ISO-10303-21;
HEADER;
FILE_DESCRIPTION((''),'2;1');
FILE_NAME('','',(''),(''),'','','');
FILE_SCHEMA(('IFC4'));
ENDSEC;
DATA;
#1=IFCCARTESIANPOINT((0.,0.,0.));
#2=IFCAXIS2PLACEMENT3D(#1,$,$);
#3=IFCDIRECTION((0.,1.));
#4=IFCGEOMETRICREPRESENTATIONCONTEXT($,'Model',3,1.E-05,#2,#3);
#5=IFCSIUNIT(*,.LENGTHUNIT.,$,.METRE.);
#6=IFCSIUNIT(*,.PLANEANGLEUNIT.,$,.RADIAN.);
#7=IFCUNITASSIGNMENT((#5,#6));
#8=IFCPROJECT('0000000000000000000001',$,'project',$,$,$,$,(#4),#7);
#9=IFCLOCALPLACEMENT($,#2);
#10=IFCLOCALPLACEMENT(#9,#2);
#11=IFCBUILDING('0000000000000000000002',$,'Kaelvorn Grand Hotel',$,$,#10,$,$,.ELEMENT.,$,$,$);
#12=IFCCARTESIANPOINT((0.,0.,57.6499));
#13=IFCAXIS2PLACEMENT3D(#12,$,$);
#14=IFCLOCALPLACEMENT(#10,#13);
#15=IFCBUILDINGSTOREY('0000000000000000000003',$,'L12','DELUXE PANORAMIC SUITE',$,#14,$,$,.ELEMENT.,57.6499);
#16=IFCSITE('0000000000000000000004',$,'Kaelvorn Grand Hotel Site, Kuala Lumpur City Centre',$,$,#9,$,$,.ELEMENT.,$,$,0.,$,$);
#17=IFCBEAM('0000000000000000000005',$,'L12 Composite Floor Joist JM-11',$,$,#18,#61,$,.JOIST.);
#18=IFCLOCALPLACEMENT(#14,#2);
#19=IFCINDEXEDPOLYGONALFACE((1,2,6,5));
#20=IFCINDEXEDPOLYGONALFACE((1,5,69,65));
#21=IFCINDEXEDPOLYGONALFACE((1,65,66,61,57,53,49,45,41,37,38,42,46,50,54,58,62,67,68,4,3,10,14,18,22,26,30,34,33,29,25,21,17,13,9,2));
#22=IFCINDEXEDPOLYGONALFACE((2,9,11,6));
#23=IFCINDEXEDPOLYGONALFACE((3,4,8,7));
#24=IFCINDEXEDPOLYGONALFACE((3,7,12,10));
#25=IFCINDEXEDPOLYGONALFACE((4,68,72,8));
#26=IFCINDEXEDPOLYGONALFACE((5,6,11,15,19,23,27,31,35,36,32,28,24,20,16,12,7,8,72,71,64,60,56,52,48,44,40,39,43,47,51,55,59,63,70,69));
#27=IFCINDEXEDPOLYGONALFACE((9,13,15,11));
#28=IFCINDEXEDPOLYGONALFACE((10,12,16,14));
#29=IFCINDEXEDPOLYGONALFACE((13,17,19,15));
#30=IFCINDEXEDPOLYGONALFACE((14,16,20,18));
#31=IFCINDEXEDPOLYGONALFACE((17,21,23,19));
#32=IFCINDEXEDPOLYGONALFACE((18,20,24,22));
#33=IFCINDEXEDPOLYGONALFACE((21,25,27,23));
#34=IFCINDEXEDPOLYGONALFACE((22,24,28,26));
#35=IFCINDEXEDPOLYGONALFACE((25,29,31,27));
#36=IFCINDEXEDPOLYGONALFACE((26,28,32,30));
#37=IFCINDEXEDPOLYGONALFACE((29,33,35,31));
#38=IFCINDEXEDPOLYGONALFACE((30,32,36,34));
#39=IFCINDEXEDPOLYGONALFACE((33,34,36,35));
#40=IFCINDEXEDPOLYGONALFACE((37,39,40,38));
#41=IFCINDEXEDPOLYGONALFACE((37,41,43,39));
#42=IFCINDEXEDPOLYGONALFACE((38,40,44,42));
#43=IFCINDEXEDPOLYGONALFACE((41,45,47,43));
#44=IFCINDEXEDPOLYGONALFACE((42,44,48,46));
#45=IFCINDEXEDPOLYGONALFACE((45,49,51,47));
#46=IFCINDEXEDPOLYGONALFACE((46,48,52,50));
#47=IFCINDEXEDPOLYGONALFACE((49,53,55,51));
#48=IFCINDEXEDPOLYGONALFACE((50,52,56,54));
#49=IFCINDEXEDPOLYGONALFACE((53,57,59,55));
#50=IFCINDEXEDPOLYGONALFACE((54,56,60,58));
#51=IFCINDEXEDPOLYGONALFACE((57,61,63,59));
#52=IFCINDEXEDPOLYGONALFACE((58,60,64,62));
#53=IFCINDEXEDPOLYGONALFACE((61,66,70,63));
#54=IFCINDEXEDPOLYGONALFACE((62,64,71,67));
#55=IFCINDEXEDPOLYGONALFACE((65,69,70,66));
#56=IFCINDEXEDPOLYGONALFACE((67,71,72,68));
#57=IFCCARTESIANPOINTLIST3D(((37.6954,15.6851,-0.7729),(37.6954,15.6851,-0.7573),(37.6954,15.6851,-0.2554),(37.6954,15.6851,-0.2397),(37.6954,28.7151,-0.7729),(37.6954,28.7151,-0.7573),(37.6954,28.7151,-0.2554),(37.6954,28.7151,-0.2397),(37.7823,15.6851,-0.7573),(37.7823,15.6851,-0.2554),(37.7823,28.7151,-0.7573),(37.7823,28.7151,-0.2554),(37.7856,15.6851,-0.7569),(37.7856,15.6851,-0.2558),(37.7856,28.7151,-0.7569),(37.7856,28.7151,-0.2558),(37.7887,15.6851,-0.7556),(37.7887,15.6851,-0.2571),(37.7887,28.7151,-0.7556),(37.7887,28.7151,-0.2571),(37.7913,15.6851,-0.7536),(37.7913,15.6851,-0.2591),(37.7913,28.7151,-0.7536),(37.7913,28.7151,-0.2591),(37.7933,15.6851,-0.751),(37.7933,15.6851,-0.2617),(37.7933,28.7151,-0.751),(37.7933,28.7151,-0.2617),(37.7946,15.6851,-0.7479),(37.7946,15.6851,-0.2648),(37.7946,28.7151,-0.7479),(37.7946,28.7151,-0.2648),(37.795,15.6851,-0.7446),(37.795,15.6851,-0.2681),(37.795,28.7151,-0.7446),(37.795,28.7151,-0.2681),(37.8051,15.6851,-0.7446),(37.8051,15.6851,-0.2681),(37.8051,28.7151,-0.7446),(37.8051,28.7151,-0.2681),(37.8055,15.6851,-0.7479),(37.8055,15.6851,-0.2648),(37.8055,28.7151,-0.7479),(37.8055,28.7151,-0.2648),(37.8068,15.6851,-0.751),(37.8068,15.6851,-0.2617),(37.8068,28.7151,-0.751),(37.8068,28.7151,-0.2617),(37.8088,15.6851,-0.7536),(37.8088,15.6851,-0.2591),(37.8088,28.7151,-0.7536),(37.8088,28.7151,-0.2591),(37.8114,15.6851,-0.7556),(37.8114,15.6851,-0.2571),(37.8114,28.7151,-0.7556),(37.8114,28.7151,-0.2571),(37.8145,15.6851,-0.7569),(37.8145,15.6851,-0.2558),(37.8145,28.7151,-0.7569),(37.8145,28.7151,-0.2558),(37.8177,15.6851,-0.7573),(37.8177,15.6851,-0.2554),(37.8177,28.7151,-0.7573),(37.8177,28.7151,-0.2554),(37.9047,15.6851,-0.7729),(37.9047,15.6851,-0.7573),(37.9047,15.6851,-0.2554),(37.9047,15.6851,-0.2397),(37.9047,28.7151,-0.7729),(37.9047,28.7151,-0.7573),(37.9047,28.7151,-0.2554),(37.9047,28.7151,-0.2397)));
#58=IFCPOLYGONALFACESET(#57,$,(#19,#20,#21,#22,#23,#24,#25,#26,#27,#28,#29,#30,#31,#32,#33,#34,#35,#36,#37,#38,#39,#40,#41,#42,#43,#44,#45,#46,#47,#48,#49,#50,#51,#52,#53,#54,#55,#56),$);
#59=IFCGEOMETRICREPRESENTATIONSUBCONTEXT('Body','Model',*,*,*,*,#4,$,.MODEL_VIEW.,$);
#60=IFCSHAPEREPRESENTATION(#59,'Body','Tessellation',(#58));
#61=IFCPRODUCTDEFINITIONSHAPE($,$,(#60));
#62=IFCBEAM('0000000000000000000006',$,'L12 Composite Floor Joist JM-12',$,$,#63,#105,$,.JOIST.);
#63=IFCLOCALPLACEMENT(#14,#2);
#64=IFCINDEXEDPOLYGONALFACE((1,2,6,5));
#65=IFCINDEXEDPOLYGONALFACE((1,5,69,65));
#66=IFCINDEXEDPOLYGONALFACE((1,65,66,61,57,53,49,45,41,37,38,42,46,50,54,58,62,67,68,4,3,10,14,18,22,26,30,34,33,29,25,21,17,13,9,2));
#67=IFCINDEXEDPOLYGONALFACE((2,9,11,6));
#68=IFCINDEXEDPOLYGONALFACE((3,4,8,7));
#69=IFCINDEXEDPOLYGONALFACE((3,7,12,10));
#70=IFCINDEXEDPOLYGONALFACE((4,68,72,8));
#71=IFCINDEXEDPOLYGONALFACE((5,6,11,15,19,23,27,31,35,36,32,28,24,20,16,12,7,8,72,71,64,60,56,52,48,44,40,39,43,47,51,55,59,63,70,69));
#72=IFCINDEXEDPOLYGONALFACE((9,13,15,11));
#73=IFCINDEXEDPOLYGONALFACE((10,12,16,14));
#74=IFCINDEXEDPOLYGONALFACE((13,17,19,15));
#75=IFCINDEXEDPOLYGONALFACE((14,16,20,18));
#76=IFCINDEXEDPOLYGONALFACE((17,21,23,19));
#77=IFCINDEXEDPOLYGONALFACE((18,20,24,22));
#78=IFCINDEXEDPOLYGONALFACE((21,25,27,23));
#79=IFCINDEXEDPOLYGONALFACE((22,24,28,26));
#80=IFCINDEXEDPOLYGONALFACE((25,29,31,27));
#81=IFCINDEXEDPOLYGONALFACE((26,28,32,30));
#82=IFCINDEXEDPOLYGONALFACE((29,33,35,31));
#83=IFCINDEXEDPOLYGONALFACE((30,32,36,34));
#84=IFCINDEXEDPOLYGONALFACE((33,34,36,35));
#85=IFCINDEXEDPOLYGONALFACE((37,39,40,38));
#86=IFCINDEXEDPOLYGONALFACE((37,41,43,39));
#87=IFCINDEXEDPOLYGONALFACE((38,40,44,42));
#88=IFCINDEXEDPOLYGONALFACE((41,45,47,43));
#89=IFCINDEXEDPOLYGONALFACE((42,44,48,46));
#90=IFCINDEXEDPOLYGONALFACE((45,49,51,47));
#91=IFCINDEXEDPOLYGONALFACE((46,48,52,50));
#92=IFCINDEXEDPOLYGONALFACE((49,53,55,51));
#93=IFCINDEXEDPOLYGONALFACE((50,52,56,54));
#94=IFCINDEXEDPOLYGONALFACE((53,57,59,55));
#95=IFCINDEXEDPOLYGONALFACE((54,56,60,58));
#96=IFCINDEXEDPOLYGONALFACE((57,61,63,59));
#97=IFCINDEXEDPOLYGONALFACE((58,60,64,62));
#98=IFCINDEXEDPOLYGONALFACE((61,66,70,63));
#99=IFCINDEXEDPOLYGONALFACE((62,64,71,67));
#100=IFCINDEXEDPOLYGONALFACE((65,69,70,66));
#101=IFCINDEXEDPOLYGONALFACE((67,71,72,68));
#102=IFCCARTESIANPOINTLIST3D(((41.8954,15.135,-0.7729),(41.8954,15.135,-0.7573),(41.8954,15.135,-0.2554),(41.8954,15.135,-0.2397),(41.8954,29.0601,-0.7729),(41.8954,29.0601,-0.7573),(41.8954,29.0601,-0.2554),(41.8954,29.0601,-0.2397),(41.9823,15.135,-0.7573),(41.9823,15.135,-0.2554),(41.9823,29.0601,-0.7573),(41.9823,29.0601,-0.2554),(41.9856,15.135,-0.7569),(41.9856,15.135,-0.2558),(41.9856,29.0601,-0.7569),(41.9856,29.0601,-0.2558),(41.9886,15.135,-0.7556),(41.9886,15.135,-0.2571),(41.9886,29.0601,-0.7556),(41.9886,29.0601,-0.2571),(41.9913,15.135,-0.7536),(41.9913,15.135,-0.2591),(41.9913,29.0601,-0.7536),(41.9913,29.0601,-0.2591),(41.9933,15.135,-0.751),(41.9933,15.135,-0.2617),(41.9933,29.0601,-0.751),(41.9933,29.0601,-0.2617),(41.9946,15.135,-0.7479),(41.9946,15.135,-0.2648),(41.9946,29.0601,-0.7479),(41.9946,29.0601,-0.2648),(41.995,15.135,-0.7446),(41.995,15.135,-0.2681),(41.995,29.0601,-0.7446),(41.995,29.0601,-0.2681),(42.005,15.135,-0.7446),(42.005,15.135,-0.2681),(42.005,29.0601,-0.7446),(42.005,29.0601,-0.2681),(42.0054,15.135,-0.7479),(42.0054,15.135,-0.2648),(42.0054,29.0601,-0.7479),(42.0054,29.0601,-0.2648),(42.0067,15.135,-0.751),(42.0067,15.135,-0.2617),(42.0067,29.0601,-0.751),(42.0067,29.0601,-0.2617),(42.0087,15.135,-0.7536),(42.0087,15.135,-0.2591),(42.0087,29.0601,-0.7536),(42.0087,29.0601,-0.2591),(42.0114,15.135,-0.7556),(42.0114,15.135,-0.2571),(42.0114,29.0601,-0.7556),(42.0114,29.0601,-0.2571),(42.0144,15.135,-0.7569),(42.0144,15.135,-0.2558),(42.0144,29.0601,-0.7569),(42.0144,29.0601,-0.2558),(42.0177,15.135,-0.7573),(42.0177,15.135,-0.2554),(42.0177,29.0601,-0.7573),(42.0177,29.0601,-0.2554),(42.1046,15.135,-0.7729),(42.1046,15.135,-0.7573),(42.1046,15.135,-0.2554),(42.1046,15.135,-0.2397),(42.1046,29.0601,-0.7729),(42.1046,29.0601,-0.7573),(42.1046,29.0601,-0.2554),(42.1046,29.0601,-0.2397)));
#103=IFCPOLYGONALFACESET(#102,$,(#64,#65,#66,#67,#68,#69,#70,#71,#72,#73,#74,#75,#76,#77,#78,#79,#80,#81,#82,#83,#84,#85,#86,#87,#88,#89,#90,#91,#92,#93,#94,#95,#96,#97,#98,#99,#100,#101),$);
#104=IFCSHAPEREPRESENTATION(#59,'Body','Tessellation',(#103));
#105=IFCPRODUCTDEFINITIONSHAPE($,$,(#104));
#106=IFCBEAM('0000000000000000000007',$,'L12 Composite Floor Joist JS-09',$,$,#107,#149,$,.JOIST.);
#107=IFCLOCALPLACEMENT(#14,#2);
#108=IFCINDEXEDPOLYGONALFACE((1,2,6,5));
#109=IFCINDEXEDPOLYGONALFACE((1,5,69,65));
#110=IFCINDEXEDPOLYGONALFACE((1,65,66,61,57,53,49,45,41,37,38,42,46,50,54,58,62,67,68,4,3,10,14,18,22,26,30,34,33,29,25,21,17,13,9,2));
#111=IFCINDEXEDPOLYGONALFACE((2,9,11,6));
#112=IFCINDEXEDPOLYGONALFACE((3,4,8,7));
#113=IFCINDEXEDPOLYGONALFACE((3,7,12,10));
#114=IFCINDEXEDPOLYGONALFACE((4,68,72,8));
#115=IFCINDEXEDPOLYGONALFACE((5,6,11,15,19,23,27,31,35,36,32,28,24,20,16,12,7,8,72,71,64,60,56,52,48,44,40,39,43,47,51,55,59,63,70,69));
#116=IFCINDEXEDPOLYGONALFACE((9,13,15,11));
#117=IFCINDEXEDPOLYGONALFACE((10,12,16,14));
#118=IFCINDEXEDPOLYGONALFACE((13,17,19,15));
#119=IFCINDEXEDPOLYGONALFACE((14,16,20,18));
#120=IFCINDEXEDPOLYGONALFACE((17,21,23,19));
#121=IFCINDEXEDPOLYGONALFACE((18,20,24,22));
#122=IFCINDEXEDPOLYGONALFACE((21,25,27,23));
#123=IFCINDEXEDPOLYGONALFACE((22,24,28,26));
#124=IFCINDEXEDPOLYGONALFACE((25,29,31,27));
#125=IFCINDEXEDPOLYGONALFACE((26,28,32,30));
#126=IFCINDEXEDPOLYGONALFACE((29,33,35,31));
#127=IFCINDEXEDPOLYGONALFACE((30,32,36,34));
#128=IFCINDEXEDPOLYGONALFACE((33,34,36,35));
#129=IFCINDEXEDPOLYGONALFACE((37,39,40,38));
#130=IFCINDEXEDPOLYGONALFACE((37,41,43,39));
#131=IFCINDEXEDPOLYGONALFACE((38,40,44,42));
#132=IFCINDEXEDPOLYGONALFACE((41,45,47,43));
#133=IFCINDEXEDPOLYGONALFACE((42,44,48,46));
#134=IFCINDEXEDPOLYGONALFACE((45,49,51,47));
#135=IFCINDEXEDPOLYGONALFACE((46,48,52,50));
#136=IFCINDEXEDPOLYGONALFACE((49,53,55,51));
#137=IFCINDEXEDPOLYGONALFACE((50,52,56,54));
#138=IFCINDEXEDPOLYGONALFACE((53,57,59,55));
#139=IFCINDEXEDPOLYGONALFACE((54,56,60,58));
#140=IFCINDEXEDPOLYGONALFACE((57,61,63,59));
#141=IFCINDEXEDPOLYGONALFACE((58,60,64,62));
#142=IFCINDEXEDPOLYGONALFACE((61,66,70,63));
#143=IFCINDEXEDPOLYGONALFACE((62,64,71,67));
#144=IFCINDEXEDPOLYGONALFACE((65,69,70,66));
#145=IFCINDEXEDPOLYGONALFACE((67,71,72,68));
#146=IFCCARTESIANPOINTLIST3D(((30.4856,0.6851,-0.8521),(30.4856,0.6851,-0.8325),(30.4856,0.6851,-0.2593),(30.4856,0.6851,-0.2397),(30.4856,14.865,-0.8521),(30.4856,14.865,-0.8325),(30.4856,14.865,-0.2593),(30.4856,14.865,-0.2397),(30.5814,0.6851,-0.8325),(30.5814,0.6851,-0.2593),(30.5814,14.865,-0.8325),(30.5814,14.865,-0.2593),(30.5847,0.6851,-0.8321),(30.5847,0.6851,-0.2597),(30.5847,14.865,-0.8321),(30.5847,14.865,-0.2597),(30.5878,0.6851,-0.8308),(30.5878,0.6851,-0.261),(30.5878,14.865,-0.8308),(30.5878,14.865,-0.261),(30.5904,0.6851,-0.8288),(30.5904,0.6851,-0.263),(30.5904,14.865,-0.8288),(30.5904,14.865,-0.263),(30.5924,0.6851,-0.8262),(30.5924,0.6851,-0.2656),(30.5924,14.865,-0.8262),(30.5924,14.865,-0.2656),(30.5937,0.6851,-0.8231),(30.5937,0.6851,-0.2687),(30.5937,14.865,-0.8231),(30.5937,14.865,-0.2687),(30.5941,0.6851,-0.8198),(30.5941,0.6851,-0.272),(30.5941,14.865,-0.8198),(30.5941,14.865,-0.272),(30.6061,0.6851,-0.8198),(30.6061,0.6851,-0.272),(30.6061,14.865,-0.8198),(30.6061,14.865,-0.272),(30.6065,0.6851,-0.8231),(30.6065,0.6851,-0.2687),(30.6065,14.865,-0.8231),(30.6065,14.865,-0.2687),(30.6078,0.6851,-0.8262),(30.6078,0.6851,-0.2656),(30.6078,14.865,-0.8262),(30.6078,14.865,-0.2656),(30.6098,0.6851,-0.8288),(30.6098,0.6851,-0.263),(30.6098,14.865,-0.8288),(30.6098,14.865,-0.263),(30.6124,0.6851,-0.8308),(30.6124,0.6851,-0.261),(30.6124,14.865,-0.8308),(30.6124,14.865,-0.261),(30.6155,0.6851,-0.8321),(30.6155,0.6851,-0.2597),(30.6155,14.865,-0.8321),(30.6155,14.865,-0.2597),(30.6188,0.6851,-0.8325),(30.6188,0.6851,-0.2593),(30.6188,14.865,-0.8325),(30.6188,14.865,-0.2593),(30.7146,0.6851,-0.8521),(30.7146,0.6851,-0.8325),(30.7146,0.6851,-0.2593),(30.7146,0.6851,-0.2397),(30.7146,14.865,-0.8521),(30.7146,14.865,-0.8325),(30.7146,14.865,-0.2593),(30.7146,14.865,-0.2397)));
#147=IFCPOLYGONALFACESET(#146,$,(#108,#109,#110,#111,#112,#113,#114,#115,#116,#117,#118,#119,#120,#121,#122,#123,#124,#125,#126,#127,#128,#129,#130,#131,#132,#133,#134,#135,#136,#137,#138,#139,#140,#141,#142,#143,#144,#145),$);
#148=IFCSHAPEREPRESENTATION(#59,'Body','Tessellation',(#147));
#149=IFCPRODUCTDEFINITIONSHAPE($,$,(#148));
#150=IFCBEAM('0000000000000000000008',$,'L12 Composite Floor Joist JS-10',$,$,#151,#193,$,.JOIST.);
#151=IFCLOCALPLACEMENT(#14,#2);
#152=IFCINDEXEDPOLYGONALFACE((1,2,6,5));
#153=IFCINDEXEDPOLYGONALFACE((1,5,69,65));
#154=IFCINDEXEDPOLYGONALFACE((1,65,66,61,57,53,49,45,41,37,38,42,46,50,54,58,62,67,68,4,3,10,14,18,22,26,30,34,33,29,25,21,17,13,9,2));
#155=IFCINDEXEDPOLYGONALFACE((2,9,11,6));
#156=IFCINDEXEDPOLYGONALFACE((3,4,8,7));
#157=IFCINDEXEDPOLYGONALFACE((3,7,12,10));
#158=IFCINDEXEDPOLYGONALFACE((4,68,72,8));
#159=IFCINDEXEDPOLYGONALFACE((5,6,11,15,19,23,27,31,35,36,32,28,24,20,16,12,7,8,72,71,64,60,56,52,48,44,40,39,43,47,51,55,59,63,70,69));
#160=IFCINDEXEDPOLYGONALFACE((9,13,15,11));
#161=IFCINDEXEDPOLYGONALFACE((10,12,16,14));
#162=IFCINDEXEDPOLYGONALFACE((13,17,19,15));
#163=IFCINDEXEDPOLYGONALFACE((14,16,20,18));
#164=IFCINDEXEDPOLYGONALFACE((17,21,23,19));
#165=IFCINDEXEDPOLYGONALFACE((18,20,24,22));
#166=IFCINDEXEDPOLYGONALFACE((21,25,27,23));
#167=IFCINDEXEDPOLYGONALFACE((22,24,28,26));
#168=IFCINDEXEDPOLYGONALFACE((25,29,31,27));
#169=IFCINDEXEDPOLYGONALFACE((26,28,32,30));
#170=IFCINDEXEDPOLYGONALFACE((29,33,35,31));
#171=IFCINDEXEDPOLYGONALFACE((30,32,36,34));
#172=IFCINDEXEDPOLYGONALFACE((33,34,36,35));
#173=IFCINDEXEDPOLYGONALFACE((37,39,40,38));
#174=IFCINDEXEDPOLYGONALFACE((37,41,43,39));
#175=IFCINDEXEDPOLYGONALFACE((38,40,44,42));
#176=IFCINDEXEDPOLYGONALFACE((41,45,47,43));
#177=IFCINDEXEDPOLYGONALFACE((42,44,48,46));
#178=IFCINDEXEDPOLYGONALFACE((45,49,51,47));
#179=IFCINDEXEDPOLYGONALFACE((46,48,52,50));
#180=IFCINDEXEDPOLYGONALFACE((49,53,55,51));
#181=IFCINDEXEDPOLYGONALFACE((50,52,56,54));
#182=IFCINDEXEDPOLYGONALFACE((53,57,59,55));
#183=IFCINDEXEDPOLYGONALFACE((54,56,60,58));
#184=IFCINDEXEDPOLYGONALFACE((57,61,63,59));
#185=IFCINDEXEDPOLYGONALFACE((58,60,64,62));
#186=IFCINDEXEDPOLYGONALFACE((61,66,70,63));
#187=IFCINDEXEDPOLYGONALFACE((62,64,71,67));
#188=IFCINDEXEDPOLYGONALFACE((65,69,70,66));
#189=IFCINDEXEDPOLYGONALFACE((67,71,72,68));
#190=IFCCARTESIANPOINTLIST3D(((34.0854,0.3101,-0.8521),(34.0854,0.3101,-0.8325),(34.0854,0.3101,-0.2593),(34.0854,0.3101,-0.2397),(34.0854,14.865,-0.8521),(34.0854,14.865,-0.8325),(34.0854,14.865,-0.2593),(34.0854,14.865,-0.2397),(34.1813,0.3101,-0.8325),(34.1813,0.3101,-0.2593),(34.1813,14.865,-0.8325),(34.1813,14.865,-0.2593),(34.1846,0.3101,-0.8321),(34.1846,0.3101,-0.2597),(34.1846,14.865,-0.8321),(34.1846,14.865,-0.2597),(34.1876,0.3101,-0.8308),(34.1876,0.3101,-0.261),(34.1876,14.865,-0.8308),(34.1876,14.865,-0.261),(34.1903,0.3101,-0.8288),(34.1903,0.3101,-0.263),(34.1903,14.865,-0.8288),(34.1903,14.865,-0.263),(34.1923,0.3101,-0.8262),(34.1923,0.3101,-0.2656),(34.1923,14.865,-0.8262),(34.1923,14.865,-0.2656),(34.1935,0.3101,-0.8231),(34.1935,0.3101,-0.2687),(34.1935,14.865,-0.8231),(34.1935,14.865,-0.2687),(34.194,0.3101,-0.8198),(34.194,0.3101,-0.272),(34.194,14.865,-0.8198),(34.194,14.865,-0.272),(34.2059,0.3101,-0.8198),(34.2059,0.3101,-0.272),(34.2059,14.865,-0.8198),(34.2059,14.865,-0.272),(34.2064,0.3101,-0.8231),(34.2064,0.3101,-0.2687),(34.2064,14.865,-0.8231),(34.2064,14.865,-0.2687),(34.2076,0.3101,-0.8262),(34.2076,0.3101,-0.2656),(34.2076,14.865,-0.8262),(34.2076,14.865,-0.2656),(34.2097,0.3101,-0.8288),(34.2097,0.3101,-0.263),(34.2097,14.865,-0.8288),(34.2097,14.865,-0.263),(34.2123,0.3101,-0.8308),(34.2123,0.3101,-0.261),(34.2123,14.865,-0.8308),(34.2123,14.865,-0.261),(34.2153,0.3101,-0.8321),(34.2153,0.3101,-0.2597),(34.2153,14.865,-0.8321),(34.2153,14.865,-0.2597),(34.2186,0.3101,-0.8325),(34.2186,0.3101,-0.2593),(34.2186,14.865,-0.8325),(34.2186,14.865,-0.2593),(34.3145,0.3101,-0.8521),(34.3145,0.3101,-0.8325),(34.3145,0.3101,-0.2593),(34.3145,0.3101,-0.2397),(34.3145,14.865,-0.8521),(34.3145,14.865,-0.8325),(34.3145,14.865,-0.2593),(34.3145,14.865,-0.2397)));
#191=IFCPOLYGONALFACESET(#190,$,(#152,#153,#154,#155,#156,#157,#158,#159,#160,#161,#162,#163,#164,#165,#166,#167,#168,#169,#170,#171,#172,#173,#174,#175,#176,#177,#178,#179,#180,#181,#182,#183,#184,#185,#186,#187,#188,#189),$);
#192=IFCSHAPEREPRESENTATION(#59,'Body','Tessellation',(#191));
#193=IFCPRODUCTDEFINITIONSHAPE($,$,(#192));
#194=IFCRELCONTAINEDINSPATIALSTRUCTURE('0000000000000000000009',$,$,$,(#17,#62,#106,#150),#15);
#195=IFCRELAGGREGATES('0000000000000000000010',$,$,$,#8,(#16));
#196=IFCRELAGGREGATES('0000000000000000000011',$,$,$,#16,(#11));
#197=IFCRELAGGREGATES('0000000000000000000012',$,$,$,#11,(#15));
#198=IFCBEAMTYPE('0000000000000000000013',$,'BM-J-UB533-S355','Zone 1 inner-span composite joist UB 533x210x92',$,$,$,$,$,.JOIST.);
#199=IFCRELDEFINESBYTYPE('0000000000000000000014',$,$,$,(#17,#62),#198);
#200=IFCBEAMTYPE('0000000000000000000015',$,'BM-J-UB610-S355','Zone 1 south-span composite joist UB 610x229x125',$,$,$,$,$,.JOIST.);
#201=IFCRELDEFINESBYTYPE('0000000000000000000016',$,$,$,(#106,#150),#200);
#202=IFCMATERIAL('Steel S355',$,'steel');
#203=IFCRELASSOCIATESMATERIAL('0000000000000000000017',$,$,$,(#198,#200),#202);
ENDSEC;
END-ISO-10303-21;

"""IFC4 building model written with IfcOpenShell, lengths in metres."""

from ifc_helpers import new_model, si_unit, direction, frame, origin, origin_2d, place, context, subcontext, project, spatial, i_section, extrude, material, material_profile, profile_set, type_object, element, save


model = new_model("IFC4")

# Units and contexts
model_context = context("Model", 3, precision=1e-05, world=origin(), true_north=direction((0.0, 1.0)))
body_context = subcontext(model_context, "Body", "Model", "MODEL_VIEW")
ifc_project = project(units=[si_unit("LENGTHUNIT", "METRE"), si_unit("PLANEANGLEUNIT", "RADIAN")], contexts=[model_context])

# Site, building, storey
site_placement = place(None, origin())
site = spatial("IfcSite", under=ifc_project, at=site_placement, Name="Kaelvorn Grand Hotel Site, Kuala Lumpur City Centre", CompositionType="ELEMENT", RefElevation=0.0)
building_placement = place(site_placement, origin())
building = spatial("IfcBuilding", under=site, at=building_placement, Name="Kaelvorn Grand Hotel", CompositionType="ELEMENT")
storey_placement = place(building_placement, frame((0.0, 0.0, 57.6499)))
storey = spatial("IfcBuildingStorey", under=building, at=storey_placement, Name="L12", Description="DELUXE PANORAMIC SUITE", CompositionType="ELEMENT", Elevation=57.6499)

# Beams
ifc_material_1 = material(Name="Steel S355", Category="steel")
ifc_material_profile_1 = material_profile(ifc_material_1, i_section(OverallWidth=0.2092, OverallDepth=0.5332, WebThickness=0.01, FlangeThickness=0.0156, FilletRadius=0.0127, at=origin_2d()), Name="UB 533x210x92")
ifc_profile_set_1 = profile_set([ifc_material_profile_1], Name="Steel S355")
beam_type_1 = type_object("IfcBeamType", Name="BM-J-UB533-S355", Description="Zone 1 inner-span composite joist UB 533x210x92", PredefinedType="JOIST", material=ifc_profile_set_1)
beam_1_placement = place(storey_placement, frame((37.8, 15.6851, -0.5063), z_axis=(0.0, 1.0, 0.0), x_axis=(-1.0, 0.0, 0.0)))
element("IfcBeam", 1, at=beam_1_placement, inside=storey, type_object=beam_type_1, Name="L12 Composite Floor Joist JM-11", PredefinedType="JOIST", context=body_context, shape_type="SweptSolid", body=[
    extrude(i_section(OverallWidth=0.2092, OverallDepth=0.5332, WebThickness=0.01, FlangeThickness=0.0156, FilletRadius=0.0127, at=origin_2d()), origin(), (0.0, 0.0, 1.0), 13.03),
])
beam_2_placement = place(storey_placement, frame((42.0, 15.135, -0.5063), z_axis=(0.0, 1.0, 0.0), x_axis=(-1.0, 0.0, 0.0)))
element("IfcBeam", 2, at=beam_2_placement, inside=storey, type_object=beam_type_1, Name="L12 Composite Floor Joist JM-12", PredefinedType="JOIST", context=body_context, shape_type="SweptSolid", body=[
    extrude(i_section(OverallWidth=0.2092, OverallDepth=0.5332, WebThickness=0.01, FlangeThickness=0.0156, FilletRadius=0.0127, at=origin_2d()), origin(), (0.0, 0.0, 1.0), 13.925),
])
ifc_material_profile_2 = material_profile(ifc_material_1, i_section(OverallWidth=0.229, OverallDepth=0.6123, WebThickness=0.012, FlangeThickness=0.0195, FilletRadius=0.0127, at=origin_2d()), Name="UB 610x229x125")
ifc_profile_set_2 = profile_set([ifc_material_profile_2], Name="Steel S355")
beam_type_2 = type_object("IfcBeamType", Name="BM-J-UB610-S355", Description="Zone 1 south-span composite joist UB 610x229x125", PredefinedType="JOIST", material=ifc_profile_set_2)
beam_3_placement = place(storey_placement, frame((30.6001, 0.6851, -0.5459), z_axis=(0.0, 1.0, 0.0), x_axis=(-1.0, 0.0, 0.0)))
element("IfcBeam", 3, at=beam_3_placement, inside=storey, type_object=beam_type_2, Name="L12 Composite Floor Joist JS-09", PredefinedType="JOIST", context=body_context, shape_type="SweptSolid", body=[
    extrude(i_section(OverallWidth=0.229, OverallDepth=0.6123, WebThickness=0.012, FlangeThickness=0.0195, FilletRadius=0.0127, at=origin_2d()), origin(), (0.0, 0.0, 1.0), 14.1799),
])
beam_4_placement = place(storey_placement, frame((34.2, 0.3101, -0.5459), z_axis=(0.0, 1.0, 0.0), x_axis=(-1.0, 0.0, 0.0)))
element("IfcBeam", 4, at=beam_4_placement, inside=storey, type_object=beam_type_2, Name="L12 Composite Floor Joist JS-10", PredefinedType="JOIST", context=body_context, shape_type="SweptSolid", body=[
    extrude(i_section(OverallWidth=0.229, OverallDepth=0.6123, WebThickness=0.012, FlangeThickness=0.0195, FilletRadius=0.0127, at=origin_2d()), origin(), (0.0, 0.0, 1.0), 14.5549),
])

save(model, "model.ifc")
